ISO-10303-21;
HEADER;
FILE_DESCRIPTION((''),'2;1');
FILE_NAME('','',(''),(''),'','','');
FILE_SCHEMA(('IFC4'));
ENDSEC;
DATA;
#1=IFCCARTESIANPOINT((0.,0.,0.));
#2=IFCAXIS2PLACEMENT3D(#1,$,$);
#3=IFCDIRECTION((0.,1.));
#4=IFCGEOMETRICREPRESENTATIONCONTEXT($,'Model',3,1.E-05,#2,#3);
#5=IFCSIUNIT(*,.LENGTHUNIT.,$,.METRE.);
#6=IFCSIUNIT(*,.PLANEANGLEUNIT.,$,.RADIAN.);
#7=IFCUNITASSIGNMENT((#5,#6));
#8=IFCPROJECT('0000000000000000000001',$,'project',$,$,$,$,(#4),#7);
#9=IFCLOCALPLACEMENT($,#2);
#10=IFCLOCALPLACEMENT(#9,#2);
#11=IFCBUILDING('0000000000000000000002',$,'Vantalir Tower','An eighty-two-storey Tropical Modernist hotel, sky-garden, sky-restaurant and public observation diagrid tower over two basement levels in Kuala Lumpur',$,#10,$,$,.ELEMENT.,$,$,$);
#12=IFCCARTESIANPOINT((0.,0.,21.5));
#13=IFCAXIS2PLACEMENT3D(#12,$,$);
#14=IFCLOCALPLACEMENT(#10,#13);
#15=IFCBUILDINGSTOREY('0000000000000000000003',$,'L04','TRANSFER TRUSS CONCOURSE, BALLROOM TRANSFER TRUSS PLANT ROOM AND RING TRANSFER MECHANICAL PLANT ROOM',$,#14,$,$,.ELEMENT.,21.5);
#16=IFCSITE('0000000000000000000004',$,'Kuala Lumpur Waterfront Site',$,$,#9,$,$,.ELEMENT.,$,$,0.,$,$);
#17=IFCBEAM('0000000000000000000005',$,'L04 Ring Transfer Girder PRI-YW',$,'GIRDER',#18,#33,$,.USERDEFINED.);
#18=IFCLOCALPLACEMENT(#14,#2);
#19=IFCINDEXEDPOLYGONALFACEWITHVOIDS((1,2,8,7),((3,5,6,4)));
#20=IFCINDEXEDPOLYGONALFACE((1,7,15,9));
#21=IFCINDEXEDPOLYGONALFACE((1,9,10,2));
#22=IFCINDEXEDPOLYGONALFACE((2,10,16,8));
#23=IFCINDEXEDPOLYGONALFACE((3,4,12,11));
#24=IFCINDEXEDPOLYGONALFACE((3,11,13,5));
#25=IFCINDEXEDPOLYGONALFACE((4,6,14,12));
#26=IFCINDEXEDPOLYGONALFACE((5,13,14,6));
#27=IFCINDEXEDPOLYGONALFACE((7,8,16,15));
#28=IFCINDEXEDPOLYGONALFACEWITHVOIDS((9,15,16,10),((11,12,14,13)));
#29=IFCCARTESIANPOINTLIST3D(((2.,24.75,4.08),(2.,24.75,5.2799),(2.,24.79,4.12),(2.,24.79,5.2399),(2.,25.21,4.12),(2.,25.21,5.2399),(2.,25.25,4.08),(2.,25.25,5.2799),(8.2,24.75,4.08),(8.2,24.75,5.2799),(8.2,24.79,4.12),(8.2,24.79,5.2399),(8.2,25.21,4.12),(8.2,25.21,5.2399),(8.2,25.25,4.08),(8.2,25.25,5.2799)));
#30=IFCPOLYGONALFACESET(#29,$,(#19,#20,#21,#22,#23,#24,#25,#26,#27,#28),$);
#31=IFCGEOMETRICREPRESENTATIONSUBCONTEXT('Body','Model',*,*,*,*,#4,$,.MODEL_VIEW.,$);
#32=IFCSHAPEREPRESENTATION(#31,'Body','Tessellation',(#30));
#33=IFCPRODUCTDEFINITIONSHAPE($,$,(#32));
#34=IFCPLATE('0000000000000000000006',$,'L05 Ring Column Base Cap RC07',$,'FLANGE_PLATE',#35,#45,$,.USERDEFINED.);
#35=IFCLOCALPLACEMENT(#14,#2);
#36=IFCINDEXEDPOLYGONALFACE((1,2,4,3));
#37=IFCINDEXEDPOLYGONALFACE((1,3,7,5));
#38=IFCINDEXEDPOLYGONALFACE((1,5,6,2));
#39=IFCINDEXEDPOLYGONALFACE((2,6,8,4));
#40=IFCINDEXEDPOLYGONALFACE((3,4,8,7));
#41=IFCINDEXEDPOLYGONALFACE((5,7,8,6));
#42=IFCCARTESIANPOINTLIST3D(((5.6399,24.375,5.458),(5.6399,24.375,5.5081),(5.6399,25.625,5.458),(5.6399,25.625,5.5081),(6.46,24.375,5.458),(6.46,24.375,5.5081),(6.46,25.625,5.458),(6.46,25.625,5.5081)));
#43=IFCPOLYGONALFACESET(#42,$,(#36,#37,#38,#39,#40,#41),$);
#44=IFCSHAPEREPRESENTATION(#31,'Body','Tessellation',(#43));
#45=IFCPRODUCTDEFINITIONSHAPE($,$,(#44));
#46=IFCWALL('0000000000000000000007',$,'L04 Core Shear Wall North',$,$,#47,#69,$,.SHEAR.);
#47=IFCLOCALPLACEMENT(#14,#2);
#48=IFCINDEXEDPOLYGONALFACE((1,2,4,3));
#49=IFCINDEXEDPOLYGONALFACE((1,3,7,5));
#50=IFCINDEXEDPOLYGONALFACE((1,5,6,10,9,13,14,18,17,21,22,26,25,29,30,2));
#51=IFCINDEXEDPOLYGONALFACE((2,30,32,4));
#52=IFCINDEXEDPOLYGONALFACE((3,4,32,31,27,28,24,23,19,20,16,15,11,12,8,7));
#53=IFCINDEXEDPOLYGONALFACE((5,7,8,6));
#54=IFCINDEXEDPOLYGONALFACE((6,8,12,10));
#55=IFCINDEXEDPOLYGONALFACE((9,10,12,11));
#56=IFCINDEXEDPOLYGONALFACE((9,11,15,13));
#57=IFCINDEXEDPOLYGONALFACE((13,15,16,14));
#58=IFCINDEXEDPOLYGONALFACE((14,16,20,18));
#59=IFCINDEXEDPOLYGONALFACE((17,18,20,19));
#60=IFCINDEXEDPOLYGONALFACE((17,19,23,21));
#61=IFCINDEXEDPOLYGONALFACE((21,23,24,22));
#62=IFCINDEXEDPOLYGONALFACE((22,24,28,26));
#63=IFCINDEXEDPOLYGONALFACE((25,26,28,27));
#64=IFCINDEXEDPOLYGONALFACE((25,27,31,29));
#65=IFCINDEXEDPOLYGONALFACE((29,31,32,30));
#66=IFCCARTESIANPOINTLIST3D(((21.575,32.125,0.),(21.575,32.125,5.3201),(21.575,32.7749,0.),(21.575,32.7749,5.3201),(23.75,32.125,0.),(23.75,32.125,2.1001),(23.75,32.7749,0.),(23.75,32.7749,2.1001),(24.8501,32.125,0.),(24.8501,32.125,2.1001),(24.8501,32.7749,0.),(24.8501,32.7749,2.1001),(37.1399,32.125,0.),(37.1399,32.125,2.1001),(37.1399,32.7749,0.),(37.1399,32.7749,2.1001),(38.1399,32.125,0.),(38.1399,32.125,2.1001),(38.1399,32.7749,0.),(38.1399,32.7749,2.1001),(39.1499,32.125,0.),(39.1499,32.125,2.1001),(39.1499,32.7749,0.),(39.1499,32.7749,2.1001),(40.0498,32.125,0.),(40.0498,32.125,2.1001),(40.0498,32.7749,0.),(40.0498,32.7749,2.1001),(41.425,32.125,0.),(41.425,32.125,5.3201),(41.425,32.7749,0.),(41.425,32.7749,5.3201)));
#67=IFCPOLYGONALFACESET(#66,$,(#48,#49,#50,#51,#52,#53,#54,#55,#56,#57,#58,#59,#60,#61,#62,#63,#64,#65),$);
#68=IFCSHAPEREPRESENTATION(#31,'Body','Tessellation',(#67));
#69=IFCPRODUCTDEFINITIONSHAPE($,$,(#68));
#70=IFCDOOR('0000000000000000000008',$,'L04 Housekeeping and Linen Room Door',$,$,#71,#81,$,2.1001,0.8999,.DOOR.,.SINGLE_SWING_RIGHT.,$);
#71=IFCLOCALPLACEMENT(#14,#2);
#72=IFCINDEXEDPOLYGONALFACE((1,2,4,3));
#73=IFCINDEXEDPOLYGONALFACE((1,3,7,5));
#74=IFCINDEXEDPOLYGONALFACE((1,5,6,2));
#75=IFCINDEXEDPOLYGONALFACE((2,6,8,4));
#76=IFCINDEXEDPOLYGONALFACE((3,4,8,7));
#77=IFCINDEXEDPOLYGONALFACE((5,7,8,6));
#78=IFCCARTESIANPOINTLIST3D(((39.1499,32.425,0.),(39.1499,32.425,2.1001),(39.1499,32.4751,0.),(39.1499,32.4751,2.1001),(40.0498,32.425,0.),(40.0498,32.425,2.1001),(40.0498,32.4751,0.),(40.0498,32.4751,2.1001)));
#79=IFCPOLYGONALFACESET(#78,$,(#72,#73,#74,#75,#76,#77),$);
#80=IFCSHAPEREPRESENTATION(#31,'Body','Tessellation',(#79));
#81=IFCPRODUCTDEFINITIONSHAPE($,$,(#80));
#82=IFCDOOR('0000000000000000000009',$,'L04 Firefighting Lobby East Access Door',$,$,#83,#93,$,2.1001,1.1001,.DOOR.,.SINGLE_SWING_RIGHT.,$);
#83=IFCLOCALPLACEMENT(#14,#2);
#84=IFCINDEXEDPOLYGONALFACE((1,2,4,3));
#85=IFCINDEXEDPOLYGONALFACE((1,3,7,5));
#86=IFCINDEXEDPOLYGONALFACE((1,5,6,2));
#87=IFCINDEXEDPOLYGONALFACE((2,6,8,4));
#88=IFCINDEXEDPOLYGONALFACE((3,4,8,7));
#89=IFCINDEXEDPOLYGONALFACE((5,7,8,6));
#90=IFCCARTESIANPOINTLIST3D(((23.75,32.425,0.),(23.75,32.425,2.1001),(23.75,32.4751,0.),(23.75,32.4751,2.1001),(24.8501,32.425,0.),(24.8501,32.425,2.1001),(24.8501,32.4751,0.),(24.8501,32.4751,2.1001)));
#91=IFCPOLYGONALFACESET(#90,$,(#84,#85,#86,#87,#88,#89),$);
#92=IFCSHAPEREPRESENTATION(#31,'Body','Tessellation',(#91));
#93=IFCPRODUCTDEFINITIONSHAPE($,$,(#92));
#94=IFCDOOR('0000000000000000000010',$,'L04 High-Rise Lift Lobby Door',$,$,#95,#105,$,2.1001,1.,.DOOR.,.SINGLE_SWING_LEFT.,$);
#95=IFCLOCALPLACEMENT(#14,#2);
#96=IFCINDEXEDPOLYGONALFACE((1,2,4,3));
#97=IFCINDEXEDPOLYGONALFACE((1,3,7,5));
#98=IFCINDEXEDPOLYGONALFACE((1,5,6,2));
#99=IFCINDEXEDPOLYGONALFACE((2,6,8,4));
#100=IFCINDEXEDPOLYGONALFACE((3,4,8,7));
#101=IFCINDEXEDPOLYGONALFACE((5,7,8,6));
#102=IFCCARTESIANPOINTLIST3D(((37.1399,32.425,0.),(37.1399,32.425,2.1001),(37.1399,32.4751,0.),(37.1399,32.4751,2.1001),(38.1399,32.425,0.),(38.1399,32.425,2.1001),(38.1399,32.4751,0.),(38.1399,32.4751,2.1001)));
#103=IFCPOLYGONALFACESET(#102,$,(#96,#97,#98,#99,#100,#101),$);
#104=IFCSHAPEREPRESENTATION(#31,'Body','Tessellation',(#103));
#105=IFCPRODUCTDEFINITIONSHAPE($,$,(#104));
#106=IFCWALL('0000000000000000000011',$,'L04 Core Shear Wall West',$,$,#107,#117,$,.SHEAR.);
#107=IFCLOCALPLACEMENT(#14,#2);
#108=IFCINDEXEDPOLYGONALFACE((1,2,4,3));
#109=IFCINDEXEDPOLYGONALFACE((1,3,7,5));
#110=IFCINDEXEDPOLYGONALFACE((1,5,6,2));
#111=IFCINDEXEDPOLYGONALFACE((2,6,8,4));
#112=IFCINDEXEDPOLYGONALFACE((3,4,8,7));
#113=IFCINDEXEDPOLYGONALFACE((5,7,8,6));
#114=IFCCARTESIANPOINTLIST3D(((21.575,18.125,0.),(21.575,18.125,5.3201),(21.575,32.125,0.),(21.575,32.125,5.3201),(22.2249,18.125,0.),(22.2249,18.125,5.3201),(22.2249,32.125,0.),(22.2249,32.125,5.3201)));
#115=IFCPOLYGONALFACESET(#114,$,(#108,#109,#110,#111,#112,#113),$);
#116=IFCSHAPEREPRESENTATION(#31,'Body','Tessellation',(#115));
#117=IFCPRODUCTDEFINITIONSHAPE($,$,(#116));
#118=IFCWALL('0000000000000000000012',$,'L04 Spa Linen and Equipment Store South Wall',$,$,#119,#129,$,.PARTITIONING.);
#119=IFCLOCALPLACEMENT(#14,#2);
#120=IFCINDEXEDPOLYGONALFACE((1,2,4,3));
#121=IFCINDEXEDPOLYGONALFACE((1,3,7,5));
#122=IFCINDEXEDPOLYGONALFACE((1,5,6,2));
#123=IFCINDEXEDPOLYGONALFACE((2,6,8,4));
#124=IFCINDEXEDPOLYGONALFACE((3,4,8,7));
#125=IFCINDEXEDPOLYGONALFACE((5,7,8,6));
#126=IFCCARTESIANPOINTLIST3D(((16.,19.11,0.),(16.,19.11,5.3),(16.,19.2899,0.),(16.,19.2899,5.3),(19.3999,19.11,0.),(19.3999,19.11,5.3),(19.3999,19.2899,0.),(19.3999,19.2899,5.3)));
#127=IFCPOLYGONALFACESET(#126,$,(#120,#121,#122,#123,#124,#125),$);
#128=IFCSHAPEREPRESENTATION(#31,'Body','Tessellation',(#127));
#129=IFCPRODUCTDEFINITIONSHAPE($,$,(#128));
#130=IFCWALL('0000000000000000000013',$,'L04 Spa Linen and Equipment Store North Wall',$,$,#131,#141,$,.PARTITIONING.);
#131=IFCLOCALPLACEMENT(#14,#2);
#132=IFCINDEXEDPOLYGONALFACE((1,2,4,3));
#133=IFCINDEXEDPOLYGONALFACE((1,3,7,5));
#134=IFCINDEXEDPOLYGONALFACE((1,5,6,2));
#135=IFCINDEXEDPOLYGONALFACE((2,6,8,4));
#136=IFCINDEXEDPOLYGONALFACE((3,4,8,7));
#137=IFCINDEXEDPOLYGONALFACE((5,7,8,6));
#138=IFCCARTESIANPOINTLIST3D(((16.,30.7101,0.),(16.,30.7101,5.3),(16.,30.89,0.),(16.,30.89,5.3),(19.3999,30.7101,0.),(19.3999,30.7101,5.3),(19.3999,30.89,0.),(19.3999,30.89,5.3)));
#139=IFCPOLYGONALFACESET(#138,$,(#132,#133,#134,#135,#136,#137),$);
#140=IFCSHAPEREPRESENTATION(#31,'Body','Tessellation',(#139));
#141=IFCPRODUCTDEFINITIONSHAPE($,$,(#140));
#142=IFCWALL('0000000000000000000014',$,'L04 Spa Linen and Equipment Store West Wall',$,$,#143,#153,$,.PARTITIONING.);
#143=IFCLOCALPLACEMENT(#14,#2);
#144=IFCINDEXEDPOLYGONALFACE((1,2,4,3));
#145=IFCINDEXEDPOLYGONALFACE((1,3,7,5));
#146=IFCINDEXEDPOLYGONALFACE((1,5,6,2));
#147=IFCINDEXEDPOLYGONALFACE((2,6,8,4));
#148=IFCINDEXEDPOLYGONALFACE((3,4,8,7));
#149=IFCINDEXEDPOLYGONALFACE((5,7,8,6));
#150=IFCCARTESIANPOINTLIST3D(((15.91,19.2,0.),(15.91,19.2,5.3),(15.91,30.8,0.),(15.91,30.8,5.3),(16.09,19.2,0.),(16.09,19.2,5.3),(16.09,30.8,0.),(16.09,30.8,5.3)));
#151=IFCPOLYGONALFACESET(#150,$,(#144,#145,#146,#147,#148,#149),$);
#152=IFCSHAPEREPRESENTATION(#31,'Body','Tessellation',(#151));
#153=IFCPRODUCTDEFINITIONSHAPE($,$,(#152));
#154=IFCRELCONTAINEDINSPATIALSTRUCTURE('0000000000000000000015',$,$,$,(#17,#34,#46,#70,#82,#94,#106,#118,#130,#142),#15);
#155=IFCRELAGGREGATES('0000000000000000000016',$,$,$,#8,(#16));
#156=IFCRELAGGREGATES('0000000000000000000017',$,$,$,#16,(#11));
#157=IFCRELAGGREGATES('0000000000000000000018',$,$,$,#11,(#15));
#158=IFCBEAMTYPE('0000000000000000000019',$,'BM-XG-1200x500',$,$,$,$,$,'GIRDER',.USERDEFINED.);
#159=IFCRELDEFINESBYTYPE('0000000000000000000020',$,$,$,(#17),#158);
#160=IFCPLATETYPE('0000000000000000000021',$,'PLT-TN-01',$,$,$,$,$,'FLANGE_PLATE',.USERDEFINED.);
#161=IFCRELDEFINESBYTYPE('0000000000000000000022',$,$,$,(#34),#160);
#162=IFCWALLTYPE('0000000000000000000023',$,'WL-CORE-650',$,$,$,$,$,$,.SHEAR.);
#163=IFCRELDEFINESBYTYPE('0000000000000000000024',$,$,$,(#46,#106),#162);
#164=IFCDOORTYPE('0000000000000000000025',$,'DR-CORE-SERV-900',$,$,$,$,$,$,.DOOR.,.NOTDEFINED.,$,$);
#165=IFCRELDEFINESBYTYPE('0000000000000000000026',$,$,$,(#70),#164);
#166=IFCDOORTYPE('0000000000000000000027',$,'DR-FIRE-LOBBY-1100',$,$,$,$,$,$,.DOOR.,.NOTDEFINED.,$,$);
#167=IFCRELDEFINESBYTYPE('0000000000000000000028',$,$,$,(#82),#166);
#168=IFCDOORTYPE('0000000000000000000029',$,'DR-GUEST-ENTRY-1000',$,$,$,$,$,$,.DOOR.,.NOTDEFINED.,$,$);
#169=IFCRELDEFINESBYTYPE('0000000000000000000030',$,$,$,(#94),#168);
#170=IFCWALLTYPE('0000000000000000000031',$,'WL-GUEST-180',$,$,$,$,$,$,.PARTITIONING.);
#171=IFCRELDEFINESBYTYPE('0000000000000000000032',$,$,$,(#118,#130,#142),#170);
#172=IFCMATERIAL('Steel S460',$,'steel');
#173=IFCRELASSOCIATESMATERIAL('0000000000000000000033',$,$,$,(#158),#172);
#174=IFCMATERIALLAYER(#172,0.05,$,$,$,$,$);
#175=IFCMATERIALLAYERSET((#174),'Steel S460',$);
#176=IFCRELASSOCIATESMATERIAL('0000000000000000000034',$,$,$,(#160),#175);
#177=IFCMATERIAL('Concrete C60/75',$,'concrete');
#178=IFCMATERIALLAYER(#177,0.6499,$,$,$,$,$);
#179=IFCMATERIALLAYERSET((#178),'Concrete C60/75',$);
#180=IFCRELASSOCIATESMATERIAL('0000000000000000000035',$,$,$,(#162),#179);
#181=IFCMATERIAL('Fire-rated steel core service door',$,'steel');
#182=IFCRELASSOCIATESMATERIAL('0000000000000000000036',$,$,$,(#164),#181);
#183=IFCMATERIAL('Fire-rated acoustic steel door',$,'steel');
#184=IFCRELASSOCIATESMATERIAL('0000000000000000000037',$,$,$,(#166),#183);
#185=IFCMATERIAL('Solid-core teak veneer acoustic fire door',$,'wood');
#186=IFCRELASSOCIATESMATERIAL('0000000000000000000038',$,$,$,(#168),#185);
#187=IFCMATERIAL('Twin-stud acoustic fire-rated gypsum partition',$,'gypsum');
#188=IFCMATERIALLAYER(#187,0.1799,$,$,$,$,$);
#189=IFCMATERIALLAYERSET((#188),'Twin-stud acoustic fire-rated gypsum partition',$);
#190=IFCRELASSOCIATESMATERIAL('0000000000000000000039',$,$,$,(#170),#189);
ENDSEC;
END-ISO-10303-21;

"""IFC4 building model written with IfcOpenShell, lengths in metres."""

from ifc_helpers import new_model, si_unit, direction, frame, frame_2d, origin, origin_2d, place, context, subcontext, project, spatial, polyline, rectangle, hollow_rectangle, outline, extrude, material, layer, layer_set, material_profile, profile_set, type_object, element, fill, save


model = new_model("IFC4")

# Units and contexts
model_context = context("Model", 3, precision=1e-05, world=origin(), true_north=direction((0.0, 1.0)))
body_context = subcontext(model_context, "Body", "Model", "MODEL_VIEW")
ifc_project = project(units=[si_unit("LENGTHUNIT", "METRE"), si_unit("PLANEANGLEUNIT", "RADIAN")], contexts=[model_context])

# Site, building, storey
site_placement = place(None, origin())
site = spatial("IfcSite", under=ifc_project, at=site_placement, Name="Kuala Lumpur Waterfront Site", CompositionType="ELEMENT", RefElevation=0.0)
building_placement = place(site_placement, origin())
building = spatial("IfcBuilding", under=site, at=building_placement, Name="Vantalir Tower", Description="An eighty-two-storey Tropical Modernist hotel, sky-garden, sky-restaurant and public observation diagrid tower over two basement levels in Kuala Lumpur", CompositionType="ELEMENT")
storey_placement = place(building_placement, frame((0.0, 0.0, 21.5)))
storey = spatial("IfcBuildingStorey", under=building, at=storey_placement, Name="L04", Description="TRANSFER TRUSS CONCOURSE, BALLROOM TRANSFER TRUSS PLANT ROOM AND RING TRANSFER MECHANICAL PLANT ROOM", CompositionType="ELEMENT", Elevation=21.5)

# Shared definitions
ifc_material_1 = material(Name="Concrete C60/75", Category="concrete")
ifc_material_2 = material(Name="Steel S460", Category="steel")

# Beam
ifc_material_profile_1 = material_profile(ifc_material_2, hollow_rectangle(XDim=0.5, YDim=1.2, WallThickness=0.04, at=origin_2d()), Name="Steel S460")
ifc_profile_set_1 = profile_set([ifc_material_profile_1], Name="Steel S460")
beam_type_1 = type_object("IfcBeamType", Name="BM-XG-1200x500", ElementType="GIRDER", PredefinedType="USERDEFINED", material=ifc_profile_set_1)
beam_1_placement = place(storey_placement, frame((2.0, 25.0, 4.6799), z_axis=(1.0, 0.0, 0.0), x_axis=(0.0, 1.0, 0.0)))
element("IfcBeam", 1, at=beam_1_placement, inside=storey, type_object=beam_type_1, Name="L04 Ring Transfer Girder PRI-YW", ObjectType="GIRDER", PredefinedType="USERDEFINED", context=body_context, shape_type="SweptSolid", body=[
    extrude(hollow_rectangle(XDim=0.5, YDim=1.2, WallThickness=0.04, at=origin_2d()), origin(), (0.0, 0.0, 1.0), 6.2),
])

# Plate
ifc_layer_1 = layer(ifc_material_2, 0.05)
ifc_layer_set_1 = layer_set([ifc_layer_1], Name="Steel S460")
plate_type = type_object("IfcPlateType", Name="PLT-TN-01", ElementType="FLANGE_PLATE", PredefinedType="USERDEFINED", material=ifc_layer_set_1)
plate_placement = place(storey_placement, frame((5.6399, 25.625, 5.5081), z_axis=(0.0, 0.0, 1.0), x_axis=(0.0, -1.0, 0.0)))
element("IfcPlate", 2, at=plate_placement, inside=storey, type_object=plate_type, Name="L05 Ring Column Base Cap RC07", ObjectType="FLANGE_PLATE", PredefinedType="USERDEFINED", context=body_context, shape_type="SweptSolid", body=[
    extrude(outline(polyline([(0.0, 0.0), (1.25, 0.0), (1.25, 0.8201), (0.0, 0.8201), (0.0, 0.0)])), origin(), (0.0, 0.0, -1.0), 0.05),
])

# Wall, openings, doors
ifc_layer_2 = layer(ifc_material_1, 0.6499)
ifc_layer_set_2 = layer_set([ifc_layer_2], Name="Concrete C60/75")
wall_type_1 = type_object("IfcWallType", Name="WL-CORE-650", PredefinedType="SHEAR", material=ifc_layer_set_2)
wall_1_placement = place(storey_placement, frame((21.575, 32.45, 0.0), z_axis=(0.0, 0.0, 1.0), x_axis=(1.0, 0.0, 0.0)))
wall_1 = element("IfcWall", 3, at=wall_1_placement, inside=storey, type_object=wall_type_1, Name="L04 Core Shear Wall North", PredefinedType="SHEAR", context=body_context, shape_type="SweptSolid", body=[
    extrude(rectangle(XDim=19.8501, YDim=0.6499, at=frame_2d((9.925, 0.0))), origin(), (0.0, 0.0, 1.0), 5.3201),
])
opening_1_placement = place(wall_1_placement, frame((2.175, 0.0, 0.0)))
opening_1 = element("IfcOpeningElement", 4, at=opening_1_placement, cuts=wall_1, PredefinedType="OPENING", context=body_context, shape_type="SweptSolid", body=[
    extrude(rectangle(XDim=1.1001, YDim=2.1001, at=frame_2d((0.55, 1.05))), frame((0.0, 0.335, 0.0), z_axis=(0.0, -1.0, 0.0), x_axis=(1.0, 0.0, 0.0)), (0.0, 0.0, 1.0), 0.6699),
])
opening_2_placement = place(wall_1_placement, frame((15.5649, 0.0, 0.0)))
opening_2 = element("IfcOpeningElement", 5, at=opening_2_placement, cuts=wall_1, PredefinedType="OPENING", context=body_context, shape_type="SweptSolid", body=[
    extrude(rectangle(XDim=1.0, YDim=2.1001, at=frame_2d((0.5, 1.05))), frame((0.0, 0.335, 0.0), z_axis=(0.0, -1.0, 0.0), x_axis=(1.0, 0.0, 0.0)), (0.0, 0.0, 1.0), 0.6699),
])
opening_3_placement = place(wall_1_placement, frame((17.575, 0.0, 0.0)))
opening_3 = element("IfcOpeningElement", 6, at=opening_3_placement, cuts=wall_1, PredefinedType="OPENING", context=body_context, shape_type="SweptSolid", body=[
    extrude(rectangle(XDim=0.8999, YDim=2.1001, at=frame_2d((0.45, 1.05))), frame((0.0, 0.335, 0.0), z_axis=(0.0, -1.0, 0.0), x_axis=(1.0, 0.0, 0.0)), (0.0, 0.0, 1.0), 0.6699),
])
ifc_material_3 = material(Name="Fire-rated steel core service door", Category="steel")
door_type_1 = type_object("IfcDoorType", Name="DR-CORE-SERV-900", OperationType="NOTDEFINED", PredefinedType="DOOR", material=ifc_material_3)
door_1_placement = place(opening_3_placement, frame((0.8999, 0.0, 0.0), z_axis=(0.0, 0.0, 1.0), x_axis=(-1.0, 0.0, 0.0)))
door_1 = element("IfcDoor", 7, at=door_1_placement, inside=storey, type_object=door_type_1, Name="L04 Housekeeping and Linen Room Door", OperationType="SINGLE_SWING_RIGHT", OverallHeight=2.1001, OverallWidth=0.8999, PredefinedType="DOOR", context=body_context, shape_type="SweptSolid", body=[
    extrude(rectangle(XDim=0.8999, YDim=2.1001, at=frame_2d((0.45, 1.05))), frame((0.0, 0.0249, 0.0), z_axis=(0.0, -1.0, 0.0), x_axis=(1.0, 0.0, 0.0)), (0.0, 0.0, 1.0), 0.05),
])
fill(opening_3, door_1)
ifc_material_4 = material(Name="Fire-rated acoustic steel door", Category="steel")
door_type_2 = type_object("IfcDoorType", Name="DR-FIRE-LOBBY-1100", OperationType="NOTDEFINED", PredefinedType="DOOR", material=ifc_material_4)
door_2_placement = place(opening_1_placement, frame((1.1001, 0.0, 0.0), z_axis=(0.0, 0.0, 1.0), x_axis=(-1.0, 0.0, 0.0)))
door_2 = element("IfcDoor", 8, at=door_2_placement, inside=storey, type_object=door_type_2, Name="L04 Firefighting Lobby East Access Door", OperationType="SINGLE_SWING_RIGHT", OverallHeight=2.1001, OverallWidth=1.1001, PredefinedType="DOOR", context=body_context, shape_type="SweptSolid", body=[
    extrude(rectangle(XDim=1.1001, YDim=2.1001, at=frame_2d((0.55, 1.05))), frame((0.0, 0.0249, 0.0), z_axis=(0.0, -1.0, 0.0), x_axis=(1.0, 0.0, 0.0)), (0.0, 0.0, 1.0), 0.05),
])
fill(opening_1, door_2)
ifc_material_5 = material(Name="Solid-core teak veneer acoustic fire door", Category="wood")
door_type_3 = type_object("IfcDoorType", Name="DR-GUEST-ENTRY-1000", OperationType="NOTDEFINED", PredefinedType="DOOR", material=ifc_material_5)
door_3_placement = place(opening_2_placement, frame((1.0, 0.0, 0.0), z_axis=(0.0, 0.0, 1.0), x_axis=(-1.0, 0.0, 0.0)))
door_3 = element("IfcDoor", 9, at=door_3_placement, inside=storey, type_object=door_type_3, Name="L04 High-Rise Lift Lobby Door", OperationType="SINGLE_SWING_LEFT", OverallHeight=2.1001, OverallWidth=1.0, PredefinedType="DOOR", context=body_context, shape_type="SweptSolid", body=[
    extrude(rectangle(XDim=1.0, YDim=2.1001, at=frame_2d((0.5, 1.05))), frame((0.0, 0.0249, 0.0), z_axis=(0.0, -1.0, 0.0), x_axis=(1.0, 0.0, 0.0)), (0.0, 0.0, 1.0), 0.05),
])
fill(opening_2, door_3)

# Walls
wall_2_placement = place(storey_placement, frame((21.8999, 18.125, 0.0), z_axis=(0.0, 0.0, 1.0), x_axis=(0.0, 1.0, 0.0)))
element("IfcWall", 10, at=wall_2_placement, inside=storey, type_object=wall_type_1, Name="L04 Core Shear Wall West", PredefinedType="SHEAR", context=body_context, shape_type="SweptSolid", body=[
    extrude(rectangle(XDim=14.0, YDim=0.6499, at=frame_2d((7.0, 0.0))), origin(), (0.0, 0.0, 1.0), 5.3201),
])
ifc_material_6 = material(Name="Twin-stud acoustic fire-rated gypsum partition", Category="gypsum")
ifc_layer_3 = layer(ifc_material_6, 0.1799)
ifc_layer_set_3 = layer_set([ifc_layer_3], Name="Twin-stud acoustic fire-rated gypsum partition")
wall_type_2 = type_object("IfcWallType", Name="WL-GUEST-180", PredefinedType="PARTITIONING", material=ifc_layer_set_3)
for number, where, z_axis, x_axis, name in (
    (11, (16.0, 19.2, 0.0), (0.0, 0.0, 1.0), (1.0, 0.0, 0.0), "L04 Spa Linen and Equipment Store South Wall"),
    (12, (16.0, 30.8, 0.0), (0.0, 0.0, 1.0), (1.0, 0.0, 0.0), "L04 Spa Linen and Equipment Store North Wall"),
):
    element("IfcWall", number, at=place(storey_placement, frame(where, z_axis=z_axis, x_axis=x_axis)), inside=storey, type_object=wall_type_2, Name=name, PredefinedType="PARTITIONING", context=body_context, shape_type="SweptSolid", body=[
        extrude(rectangle(XDim=3.3999, YDim=0.1799, at=frame_2d((1.7, 0.0))), origin(), (0.0, 0.0, 1.0), 5.3),
    ])
wall_3_placement = place(storey_placement, frame((16.0, 19.2, 0.0), z_axis=(0.0, 0.0, 1.0), x_axis=(0.0, 1.0, 0.0)))
element("IfcWall", 13, at=wall_3_placement, inside=storey, type_object=wall_type_2, Name="L04 Spa Linen and Equipment Store West Wall", PredefinedType="PARTITIONING", context=body_context, shape_type="SweptSolid", body=[
    extrude(rectangle(XDim=11.6001, YDim=0.1799, at=frame_2d((5.8, 0.0))), origin(), (0.0, 0.0, 1.0), 5.3),
])

save(model, "model.ifc")
